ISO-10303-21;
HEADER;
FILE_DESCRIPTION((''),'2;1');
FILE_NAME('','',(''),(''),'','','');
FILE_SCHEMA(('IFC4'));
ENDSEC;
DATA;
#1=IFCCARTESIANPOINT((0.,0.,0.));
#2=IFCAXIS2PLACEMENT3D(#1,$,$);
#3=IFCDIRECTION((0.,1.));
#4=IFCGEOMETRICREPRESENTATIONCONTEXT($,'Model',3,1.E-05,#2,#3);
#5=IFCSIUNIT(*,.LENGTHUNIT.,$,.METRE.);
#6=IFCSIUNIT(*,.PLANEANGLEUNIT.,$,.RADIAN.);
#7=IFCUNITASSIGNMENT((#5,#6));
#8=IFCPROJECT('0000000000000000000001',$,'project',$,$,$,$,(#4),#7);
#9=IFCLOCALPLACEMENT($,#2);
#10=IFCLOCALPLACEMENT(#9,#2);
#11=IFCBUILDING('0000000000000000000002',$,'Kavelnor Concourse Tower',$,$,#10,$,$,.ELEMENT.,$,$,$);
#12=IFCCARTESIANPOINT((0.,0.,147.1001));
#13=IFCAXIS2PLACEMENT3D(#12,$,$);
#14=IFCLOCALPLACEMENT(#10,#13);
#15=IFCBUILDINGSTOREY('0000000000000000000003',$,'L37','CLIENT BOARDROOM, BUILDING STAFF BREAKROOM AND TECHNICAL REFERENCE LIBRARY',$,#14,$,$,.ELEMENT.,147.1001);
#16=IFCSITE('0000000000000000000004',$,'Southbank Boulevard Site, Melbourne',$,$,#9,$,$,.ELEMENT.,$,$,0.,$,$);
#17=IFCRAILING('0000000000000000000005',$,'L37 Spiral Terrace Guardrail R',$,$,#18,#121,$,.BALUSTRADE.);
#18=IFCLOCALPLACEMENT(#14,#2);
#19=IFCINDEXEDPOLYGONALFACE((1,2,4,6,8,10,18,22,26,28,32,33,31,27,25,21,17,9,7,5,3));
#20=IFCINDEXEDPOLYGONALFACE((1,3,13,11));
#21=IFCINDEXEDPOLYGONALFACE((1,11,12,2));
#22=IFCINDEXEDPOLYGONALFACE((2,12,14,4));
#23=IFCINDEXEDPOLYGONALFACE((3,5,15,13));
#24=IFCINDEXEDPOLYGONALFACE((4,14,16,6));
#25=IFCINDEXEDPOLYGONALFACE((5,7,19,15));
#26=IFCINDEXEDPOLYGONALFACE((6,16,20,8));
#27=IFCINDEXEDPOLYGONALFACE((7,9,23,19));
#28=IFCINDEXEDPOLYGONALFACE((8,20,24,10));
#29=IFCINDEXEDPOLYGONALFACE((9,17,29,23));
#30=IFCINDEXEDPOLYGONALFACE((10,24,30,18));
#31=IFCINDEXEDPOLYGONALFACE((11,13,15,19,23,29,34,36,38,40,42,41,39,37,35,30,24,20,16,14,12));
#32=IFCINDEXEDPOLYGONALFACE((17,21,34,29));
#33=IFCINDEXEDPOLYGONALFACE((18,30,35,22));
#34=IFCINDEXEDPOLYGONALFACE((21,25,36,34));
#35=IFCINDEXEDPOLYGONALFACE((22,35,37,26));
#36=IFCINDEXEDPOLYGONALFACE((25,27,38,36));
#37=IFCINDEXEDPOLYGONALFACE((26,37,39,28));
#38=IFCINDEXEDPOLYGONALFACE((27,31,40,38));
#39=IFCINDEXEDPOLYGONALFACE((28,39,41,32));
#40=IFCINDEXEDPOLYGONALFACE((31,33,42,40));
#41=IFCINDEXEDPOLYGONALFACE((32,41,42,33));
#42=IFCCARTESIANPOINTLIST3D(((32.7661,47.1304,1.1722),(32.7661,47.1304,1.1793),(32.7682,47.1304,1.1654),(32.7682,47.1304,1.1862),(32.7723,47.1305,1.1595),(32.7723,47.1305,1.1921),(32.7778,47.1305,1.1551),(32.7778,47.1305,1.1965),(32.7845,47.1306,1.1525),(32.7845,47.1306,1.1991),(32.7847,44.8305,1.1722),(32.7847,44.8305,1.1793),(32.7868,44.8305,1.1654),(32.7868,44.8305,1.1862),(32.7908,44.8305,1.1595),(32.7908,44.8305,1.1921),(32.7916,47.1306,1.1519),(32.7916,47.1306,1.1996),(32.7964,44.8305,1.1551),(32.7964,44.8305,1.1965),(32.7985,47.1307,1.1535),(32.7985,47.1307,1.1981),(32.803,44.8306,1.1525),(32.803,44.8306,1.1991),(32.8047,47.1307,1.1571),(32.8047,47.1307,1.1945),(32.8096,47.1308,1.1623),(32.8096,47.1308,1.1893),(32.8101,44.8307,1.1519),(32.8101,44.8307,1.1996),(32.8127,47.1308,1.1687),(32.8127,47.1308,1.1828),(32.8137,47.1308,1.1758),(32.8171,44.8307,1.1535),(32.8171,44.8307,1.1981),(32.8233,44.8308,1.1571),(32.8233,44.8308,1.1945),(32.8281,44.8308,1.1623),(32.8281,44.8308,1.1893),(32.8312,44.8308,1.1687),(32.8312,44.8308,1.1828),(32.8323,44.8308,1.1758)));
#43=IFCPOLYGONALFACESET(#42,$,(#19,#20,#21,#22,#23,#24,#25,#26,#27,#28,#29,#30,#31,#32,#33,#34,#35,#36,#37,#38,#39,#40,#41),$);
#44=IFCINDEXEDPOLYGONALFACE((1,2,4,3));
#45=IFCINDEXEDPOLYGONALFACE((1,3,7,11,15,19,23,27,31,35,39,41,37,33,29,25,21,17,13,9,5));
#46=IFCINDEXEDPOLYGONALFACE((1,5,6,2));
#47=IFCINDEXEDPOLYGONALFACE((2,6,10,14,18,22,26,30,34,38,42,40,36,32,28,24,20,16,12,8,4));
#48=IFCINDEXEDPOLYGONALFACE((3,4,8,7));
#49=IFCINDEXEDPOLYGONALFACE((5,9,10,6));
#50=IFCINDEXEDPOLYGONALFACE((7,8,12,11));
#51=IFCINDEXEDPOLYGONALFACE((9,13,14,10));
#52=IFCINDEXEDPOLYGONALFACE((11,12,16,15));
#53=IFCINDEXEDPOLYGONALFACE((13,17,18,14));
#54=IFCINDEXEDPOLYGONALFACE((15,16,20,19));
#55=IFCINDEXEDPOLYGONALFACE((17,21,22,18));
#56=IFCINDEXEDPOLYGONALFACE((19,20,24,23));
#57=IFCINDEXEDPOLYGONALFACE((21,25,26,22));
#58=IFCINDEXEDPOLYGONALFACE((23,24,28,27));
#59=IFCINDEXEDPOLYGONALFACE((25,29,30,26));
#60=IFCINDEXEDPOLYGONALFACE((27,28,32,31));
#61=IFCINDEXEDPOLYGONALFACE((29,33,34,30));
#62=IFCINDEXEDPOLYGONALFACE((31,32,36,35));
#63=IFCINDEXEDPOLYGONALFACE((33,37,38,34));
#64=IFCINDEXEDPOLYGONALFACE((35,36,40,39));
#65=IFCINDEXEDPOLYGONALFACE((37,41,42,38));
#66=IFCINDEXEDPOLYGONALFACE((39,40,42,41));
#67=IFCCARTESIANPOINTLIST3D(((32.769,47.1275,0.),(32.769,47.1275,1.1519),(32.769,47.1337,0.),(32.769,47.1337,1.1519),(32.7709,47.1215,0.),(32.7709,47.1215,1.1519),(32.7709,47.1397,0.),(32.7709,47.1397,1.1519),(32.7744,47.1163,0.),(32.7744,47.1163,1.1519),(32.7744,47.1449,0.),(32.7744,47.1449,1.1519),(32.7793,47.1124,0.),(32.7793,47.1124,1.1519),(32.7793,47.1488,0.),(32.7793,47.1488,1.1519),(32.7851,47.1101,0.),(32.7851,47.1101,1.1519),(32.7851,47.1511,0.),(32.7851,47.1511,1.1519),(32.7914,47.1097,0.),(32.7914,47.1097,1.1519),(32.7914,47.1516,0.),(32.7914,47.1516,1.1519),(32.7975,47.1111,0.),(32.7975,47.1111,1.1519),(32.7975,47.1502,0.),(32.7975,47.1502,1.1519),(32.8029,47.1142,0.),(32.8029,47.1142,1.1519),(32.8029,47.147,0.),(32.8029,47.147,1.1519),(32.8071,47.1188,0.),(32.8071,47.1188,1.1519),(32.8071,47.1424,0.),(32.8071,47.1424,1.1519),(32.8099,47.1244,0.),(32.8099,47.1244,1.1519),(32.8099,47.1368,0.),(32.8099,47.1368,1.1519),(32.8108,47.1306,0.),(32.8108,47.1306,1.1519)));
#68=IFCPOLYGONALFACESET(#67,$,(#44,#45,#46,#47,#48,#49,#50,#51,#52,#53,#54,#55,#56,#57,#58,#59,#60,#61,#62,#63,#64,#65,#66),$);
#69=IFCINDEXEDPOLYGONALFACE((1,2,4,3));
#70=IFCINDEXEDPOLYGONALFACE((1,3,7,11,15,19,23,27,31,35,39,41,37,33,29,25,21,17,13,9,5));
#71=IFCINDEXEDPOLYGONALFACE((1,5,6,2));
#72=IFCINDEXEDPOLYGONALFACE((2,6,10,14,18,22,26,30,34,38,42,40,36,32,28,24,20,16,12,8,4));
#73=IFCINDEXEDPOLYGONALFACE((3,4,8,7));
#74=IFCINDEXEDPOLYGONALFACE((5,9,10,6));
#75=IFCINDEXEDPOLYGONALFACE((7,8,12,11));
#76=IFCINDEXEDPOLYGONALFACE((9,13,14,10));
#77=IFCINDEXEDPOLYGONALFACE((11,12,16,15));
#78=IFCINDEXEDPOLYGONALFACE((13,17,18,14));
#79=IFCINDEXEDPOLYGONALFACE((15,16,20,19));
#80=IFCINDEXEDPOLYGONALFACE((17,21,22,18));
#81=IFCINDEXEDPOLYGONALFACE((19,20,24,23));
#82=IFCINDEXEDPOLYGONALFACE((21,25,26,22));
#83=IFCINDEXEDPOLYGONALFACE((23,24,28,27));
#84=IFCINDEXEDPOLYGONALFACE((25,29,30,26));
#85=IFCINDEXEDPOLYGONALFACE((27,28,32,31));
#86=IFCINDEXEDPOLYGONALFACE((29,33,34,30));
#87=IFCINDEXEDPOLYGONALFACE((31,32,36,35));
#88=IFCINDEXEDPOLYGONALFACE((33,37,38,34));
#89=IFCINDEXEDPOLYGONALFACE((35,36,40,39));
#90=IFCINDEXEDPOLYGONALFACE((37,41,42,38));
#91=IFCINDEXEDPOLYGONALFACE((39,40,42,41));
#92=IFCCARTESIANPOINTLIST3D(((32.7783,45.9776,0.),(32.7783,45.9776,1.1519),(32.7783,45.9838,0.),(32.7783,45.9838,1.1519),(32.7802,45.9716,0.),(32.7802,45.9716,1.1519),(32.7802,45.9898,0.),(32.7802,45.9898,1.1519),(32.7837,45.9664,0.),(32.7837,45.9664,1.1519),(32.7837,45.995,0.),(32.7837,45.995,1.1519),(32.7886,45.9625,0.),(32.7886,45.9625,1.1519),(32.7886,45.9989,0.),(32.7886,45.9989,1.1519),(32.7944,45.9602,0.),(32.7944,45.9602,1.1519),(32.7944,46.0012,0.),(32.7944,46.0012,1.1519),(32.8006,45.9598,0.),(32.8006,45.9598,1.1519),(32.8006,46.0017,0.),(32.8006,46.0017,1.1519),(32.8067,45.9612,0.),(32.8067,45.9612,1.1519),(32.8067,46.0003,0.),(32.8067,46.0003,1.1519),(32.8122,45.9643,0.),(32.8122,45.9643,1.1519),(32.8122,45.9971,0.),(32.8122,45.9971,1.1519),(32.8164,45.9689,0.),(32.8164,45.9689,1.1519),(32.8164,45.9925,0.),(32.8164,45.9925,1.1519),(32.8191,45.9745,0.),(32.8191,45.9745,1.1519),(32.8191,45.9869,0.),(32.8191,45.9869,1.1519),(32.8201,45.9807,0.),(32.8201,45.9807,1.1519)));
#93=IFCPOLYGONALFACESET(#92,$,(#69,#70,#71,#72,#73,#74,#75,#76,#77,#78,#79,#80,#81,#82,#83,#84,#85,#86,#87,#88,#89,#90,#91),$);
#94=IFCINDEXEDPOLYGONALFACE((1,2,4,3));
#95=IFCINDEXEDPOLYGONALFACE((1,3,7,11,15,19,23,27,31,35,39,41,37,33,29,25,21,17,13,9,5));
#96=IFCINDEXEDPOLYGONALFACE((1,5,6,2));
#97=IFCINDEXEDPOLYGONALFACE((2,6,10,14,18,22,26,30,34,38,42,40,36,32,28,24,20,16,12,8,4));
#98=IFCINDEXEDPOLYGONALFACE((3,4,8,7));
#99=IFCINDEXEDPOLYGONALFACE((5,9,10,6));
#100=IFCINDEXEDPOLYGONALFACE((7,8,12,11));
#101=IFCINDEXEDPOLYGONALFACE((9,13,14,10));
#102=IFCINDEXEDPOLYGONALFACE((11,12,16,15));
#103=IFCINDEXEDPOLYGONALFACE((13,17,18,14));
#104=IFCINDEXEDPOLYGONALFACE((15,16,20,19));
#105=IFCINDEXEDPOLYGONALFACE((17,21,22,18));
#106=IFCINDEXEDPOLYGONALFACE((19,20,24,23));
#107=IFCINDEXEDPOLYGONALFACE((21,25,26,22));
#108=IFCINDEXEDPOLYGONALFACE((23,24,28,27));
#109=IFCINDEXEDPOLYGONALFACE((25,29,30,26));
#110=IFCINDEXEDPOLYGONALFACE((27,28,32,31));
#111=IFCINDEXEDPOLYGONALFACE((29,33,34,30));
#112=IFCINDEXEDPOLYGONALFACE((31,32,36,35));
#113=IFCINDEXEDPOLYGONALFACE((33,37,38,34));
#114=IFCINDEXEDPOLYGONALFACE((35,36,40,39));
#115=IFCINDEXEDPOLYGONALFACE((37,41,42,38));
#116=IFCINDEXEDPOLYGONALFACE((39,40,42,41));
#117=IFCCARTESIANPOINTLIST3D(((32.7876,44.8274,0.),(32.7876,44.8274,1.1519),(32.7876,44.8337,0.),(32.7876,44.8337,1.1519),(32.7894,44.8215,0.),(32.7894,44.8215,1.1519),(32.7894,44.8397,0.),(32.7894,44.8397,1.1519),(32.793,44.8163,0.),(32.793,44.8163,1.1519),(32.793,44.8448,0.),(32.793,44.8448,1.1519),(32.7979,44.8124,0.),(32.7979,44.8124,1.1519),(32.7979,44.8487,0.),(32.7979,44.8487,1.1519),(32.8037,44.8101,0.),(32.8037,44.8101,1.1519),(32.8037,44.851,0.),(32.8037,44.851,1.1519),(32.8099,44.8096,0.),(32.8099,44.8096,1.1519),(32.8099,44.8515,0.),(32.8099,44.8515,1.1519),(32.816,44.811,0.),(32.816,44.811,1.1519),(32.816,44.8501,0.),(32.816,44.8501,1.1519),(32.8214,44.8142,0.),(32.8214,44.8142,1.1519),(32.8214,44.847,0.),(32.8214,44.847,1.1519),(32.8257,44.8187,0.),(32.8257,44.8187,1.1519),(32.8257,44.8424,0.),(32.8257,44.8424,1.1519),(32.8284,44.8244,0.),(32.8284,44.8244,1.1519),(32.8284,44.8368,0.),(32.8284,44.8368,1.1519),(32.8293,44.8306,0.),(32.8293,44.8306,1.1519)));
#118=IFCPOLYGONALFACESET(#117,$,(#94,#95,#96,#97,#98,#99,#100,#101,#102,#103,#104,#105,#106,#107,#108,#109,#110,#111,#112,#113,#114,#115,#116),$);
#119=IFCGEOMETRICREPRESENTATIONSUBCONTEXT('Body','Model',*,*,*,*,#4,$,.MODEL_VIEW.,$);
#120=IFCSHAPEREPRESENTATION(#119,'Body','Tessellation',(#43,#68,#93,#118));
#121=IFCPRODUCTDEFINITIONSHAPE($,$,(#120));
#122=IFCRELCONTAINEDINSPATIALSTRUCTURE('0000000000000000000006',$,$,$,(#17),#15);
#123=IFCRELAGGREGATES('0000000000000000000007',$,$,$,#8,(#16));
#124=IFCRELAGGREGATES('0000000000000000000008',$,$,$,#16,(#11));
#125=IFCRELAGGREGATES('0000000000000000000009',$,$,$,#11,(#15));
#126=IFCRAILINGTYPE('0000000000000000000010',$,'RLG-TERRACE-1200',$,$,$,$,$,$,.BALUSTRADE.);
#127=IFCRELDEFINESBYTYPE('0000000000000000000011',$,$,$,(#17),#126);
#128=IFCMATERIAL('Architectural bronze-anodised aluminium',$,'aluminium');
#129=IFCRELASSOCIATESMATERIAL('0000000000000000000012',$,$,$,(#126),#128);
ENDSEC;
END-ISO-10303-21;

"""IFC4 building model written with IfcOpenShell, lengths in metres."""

from ifc_helpers import new_model, si_unit, direction, frame, origin, origin_2d, place, context, subcontext, project, spatial, circle, extrude, material, type_object, element, save


model = new_model("IFC4")

# Units and contexts
model_context = context("Model", 3, precision=1e-05, world=origin(), true_north=direction((0.0, 1.0)))
body_context = subcontext(model_context, "Body", "Model", "MODEL_VIEW")
ifc_project = project(units=[si_unit("LENGTHUNIT", "METRE"), si_unit("PLANEANGLEUNIT", "RADIAN")], contexts=[model_context])

# Site, building, storey
site_placement = place(None, origin())
site = spatial("IfcSite", under=ifc_project, at=site_placement, Name="Southbank Boulevard Site, Melbourne", CompositionType="ELEMENT", RefElevation=0.0)
building_placement = place(site_placement, origin())
building = spatial("IfcBuilding", under=site, at=building_placement, Name="Kavelnor Concourse Tower", CompositionType="ELEMENT")
storey_placement = place(building_placement, frame((0.0, 0.0, 147.1001)))
storey = spatial("IfcBuildingStorey", under=building, at=storey_placement, Name="L37", Description="CLIENT BOARDROOM, BUILDING STAFF BREAKROOM AND TECHNICAL REFERENCE LIBRARY", CompositionType="ELEMENT", Elevation=147.1001)

# Railing
ifc_material_1 = material(Name="Architectural bronze-anodised aluminium", Category="aluminium")
railing_type = type_object("IfcRailingType", Name="RLG-TERRACE-1200", PredefinedType="BALUSTRADE", material=ifc_material_1)
railing_placement = place(storey_placement, frame((32.7898, 47.1306, 0.0)))
element("IfcRailing", 1, at=railing_placement, inside=storey, type_object=railing_type, Name="L37 Spiral Terrace Guardrail R", PredefinedType="BALUSTRADE", context=body_context, shape_type="SweptSolid", body=[
    extrude(circle(Radius=0.0239, at=origin_2d()), frame((0.0, 0.0, 1.1758), z_axis=(0.008067, -0.999967, 0.0), x_axis=(0.999967, 0.008067, 0.0)), (0.0, 0.0, 1.0), 2.3),
    extrude(circle(Radius=0.021, at=origin_2d()), origin(), (0.0, 0.0, 1.0), 1.1519),
    extrude(circle(Radius=0.021, at=origin_2d()), frame((0.0093, -1.1499, 0.0)), (0.0, 0.0, 1.0), 1.1519),
    extrude(circle(Radius=0.021, at=origin_2d()), frame((0.0186, -2.3, 0.0)), (0.0, 0.0, 1.0), 1.1519),
])

save(model, "model.ifc")
